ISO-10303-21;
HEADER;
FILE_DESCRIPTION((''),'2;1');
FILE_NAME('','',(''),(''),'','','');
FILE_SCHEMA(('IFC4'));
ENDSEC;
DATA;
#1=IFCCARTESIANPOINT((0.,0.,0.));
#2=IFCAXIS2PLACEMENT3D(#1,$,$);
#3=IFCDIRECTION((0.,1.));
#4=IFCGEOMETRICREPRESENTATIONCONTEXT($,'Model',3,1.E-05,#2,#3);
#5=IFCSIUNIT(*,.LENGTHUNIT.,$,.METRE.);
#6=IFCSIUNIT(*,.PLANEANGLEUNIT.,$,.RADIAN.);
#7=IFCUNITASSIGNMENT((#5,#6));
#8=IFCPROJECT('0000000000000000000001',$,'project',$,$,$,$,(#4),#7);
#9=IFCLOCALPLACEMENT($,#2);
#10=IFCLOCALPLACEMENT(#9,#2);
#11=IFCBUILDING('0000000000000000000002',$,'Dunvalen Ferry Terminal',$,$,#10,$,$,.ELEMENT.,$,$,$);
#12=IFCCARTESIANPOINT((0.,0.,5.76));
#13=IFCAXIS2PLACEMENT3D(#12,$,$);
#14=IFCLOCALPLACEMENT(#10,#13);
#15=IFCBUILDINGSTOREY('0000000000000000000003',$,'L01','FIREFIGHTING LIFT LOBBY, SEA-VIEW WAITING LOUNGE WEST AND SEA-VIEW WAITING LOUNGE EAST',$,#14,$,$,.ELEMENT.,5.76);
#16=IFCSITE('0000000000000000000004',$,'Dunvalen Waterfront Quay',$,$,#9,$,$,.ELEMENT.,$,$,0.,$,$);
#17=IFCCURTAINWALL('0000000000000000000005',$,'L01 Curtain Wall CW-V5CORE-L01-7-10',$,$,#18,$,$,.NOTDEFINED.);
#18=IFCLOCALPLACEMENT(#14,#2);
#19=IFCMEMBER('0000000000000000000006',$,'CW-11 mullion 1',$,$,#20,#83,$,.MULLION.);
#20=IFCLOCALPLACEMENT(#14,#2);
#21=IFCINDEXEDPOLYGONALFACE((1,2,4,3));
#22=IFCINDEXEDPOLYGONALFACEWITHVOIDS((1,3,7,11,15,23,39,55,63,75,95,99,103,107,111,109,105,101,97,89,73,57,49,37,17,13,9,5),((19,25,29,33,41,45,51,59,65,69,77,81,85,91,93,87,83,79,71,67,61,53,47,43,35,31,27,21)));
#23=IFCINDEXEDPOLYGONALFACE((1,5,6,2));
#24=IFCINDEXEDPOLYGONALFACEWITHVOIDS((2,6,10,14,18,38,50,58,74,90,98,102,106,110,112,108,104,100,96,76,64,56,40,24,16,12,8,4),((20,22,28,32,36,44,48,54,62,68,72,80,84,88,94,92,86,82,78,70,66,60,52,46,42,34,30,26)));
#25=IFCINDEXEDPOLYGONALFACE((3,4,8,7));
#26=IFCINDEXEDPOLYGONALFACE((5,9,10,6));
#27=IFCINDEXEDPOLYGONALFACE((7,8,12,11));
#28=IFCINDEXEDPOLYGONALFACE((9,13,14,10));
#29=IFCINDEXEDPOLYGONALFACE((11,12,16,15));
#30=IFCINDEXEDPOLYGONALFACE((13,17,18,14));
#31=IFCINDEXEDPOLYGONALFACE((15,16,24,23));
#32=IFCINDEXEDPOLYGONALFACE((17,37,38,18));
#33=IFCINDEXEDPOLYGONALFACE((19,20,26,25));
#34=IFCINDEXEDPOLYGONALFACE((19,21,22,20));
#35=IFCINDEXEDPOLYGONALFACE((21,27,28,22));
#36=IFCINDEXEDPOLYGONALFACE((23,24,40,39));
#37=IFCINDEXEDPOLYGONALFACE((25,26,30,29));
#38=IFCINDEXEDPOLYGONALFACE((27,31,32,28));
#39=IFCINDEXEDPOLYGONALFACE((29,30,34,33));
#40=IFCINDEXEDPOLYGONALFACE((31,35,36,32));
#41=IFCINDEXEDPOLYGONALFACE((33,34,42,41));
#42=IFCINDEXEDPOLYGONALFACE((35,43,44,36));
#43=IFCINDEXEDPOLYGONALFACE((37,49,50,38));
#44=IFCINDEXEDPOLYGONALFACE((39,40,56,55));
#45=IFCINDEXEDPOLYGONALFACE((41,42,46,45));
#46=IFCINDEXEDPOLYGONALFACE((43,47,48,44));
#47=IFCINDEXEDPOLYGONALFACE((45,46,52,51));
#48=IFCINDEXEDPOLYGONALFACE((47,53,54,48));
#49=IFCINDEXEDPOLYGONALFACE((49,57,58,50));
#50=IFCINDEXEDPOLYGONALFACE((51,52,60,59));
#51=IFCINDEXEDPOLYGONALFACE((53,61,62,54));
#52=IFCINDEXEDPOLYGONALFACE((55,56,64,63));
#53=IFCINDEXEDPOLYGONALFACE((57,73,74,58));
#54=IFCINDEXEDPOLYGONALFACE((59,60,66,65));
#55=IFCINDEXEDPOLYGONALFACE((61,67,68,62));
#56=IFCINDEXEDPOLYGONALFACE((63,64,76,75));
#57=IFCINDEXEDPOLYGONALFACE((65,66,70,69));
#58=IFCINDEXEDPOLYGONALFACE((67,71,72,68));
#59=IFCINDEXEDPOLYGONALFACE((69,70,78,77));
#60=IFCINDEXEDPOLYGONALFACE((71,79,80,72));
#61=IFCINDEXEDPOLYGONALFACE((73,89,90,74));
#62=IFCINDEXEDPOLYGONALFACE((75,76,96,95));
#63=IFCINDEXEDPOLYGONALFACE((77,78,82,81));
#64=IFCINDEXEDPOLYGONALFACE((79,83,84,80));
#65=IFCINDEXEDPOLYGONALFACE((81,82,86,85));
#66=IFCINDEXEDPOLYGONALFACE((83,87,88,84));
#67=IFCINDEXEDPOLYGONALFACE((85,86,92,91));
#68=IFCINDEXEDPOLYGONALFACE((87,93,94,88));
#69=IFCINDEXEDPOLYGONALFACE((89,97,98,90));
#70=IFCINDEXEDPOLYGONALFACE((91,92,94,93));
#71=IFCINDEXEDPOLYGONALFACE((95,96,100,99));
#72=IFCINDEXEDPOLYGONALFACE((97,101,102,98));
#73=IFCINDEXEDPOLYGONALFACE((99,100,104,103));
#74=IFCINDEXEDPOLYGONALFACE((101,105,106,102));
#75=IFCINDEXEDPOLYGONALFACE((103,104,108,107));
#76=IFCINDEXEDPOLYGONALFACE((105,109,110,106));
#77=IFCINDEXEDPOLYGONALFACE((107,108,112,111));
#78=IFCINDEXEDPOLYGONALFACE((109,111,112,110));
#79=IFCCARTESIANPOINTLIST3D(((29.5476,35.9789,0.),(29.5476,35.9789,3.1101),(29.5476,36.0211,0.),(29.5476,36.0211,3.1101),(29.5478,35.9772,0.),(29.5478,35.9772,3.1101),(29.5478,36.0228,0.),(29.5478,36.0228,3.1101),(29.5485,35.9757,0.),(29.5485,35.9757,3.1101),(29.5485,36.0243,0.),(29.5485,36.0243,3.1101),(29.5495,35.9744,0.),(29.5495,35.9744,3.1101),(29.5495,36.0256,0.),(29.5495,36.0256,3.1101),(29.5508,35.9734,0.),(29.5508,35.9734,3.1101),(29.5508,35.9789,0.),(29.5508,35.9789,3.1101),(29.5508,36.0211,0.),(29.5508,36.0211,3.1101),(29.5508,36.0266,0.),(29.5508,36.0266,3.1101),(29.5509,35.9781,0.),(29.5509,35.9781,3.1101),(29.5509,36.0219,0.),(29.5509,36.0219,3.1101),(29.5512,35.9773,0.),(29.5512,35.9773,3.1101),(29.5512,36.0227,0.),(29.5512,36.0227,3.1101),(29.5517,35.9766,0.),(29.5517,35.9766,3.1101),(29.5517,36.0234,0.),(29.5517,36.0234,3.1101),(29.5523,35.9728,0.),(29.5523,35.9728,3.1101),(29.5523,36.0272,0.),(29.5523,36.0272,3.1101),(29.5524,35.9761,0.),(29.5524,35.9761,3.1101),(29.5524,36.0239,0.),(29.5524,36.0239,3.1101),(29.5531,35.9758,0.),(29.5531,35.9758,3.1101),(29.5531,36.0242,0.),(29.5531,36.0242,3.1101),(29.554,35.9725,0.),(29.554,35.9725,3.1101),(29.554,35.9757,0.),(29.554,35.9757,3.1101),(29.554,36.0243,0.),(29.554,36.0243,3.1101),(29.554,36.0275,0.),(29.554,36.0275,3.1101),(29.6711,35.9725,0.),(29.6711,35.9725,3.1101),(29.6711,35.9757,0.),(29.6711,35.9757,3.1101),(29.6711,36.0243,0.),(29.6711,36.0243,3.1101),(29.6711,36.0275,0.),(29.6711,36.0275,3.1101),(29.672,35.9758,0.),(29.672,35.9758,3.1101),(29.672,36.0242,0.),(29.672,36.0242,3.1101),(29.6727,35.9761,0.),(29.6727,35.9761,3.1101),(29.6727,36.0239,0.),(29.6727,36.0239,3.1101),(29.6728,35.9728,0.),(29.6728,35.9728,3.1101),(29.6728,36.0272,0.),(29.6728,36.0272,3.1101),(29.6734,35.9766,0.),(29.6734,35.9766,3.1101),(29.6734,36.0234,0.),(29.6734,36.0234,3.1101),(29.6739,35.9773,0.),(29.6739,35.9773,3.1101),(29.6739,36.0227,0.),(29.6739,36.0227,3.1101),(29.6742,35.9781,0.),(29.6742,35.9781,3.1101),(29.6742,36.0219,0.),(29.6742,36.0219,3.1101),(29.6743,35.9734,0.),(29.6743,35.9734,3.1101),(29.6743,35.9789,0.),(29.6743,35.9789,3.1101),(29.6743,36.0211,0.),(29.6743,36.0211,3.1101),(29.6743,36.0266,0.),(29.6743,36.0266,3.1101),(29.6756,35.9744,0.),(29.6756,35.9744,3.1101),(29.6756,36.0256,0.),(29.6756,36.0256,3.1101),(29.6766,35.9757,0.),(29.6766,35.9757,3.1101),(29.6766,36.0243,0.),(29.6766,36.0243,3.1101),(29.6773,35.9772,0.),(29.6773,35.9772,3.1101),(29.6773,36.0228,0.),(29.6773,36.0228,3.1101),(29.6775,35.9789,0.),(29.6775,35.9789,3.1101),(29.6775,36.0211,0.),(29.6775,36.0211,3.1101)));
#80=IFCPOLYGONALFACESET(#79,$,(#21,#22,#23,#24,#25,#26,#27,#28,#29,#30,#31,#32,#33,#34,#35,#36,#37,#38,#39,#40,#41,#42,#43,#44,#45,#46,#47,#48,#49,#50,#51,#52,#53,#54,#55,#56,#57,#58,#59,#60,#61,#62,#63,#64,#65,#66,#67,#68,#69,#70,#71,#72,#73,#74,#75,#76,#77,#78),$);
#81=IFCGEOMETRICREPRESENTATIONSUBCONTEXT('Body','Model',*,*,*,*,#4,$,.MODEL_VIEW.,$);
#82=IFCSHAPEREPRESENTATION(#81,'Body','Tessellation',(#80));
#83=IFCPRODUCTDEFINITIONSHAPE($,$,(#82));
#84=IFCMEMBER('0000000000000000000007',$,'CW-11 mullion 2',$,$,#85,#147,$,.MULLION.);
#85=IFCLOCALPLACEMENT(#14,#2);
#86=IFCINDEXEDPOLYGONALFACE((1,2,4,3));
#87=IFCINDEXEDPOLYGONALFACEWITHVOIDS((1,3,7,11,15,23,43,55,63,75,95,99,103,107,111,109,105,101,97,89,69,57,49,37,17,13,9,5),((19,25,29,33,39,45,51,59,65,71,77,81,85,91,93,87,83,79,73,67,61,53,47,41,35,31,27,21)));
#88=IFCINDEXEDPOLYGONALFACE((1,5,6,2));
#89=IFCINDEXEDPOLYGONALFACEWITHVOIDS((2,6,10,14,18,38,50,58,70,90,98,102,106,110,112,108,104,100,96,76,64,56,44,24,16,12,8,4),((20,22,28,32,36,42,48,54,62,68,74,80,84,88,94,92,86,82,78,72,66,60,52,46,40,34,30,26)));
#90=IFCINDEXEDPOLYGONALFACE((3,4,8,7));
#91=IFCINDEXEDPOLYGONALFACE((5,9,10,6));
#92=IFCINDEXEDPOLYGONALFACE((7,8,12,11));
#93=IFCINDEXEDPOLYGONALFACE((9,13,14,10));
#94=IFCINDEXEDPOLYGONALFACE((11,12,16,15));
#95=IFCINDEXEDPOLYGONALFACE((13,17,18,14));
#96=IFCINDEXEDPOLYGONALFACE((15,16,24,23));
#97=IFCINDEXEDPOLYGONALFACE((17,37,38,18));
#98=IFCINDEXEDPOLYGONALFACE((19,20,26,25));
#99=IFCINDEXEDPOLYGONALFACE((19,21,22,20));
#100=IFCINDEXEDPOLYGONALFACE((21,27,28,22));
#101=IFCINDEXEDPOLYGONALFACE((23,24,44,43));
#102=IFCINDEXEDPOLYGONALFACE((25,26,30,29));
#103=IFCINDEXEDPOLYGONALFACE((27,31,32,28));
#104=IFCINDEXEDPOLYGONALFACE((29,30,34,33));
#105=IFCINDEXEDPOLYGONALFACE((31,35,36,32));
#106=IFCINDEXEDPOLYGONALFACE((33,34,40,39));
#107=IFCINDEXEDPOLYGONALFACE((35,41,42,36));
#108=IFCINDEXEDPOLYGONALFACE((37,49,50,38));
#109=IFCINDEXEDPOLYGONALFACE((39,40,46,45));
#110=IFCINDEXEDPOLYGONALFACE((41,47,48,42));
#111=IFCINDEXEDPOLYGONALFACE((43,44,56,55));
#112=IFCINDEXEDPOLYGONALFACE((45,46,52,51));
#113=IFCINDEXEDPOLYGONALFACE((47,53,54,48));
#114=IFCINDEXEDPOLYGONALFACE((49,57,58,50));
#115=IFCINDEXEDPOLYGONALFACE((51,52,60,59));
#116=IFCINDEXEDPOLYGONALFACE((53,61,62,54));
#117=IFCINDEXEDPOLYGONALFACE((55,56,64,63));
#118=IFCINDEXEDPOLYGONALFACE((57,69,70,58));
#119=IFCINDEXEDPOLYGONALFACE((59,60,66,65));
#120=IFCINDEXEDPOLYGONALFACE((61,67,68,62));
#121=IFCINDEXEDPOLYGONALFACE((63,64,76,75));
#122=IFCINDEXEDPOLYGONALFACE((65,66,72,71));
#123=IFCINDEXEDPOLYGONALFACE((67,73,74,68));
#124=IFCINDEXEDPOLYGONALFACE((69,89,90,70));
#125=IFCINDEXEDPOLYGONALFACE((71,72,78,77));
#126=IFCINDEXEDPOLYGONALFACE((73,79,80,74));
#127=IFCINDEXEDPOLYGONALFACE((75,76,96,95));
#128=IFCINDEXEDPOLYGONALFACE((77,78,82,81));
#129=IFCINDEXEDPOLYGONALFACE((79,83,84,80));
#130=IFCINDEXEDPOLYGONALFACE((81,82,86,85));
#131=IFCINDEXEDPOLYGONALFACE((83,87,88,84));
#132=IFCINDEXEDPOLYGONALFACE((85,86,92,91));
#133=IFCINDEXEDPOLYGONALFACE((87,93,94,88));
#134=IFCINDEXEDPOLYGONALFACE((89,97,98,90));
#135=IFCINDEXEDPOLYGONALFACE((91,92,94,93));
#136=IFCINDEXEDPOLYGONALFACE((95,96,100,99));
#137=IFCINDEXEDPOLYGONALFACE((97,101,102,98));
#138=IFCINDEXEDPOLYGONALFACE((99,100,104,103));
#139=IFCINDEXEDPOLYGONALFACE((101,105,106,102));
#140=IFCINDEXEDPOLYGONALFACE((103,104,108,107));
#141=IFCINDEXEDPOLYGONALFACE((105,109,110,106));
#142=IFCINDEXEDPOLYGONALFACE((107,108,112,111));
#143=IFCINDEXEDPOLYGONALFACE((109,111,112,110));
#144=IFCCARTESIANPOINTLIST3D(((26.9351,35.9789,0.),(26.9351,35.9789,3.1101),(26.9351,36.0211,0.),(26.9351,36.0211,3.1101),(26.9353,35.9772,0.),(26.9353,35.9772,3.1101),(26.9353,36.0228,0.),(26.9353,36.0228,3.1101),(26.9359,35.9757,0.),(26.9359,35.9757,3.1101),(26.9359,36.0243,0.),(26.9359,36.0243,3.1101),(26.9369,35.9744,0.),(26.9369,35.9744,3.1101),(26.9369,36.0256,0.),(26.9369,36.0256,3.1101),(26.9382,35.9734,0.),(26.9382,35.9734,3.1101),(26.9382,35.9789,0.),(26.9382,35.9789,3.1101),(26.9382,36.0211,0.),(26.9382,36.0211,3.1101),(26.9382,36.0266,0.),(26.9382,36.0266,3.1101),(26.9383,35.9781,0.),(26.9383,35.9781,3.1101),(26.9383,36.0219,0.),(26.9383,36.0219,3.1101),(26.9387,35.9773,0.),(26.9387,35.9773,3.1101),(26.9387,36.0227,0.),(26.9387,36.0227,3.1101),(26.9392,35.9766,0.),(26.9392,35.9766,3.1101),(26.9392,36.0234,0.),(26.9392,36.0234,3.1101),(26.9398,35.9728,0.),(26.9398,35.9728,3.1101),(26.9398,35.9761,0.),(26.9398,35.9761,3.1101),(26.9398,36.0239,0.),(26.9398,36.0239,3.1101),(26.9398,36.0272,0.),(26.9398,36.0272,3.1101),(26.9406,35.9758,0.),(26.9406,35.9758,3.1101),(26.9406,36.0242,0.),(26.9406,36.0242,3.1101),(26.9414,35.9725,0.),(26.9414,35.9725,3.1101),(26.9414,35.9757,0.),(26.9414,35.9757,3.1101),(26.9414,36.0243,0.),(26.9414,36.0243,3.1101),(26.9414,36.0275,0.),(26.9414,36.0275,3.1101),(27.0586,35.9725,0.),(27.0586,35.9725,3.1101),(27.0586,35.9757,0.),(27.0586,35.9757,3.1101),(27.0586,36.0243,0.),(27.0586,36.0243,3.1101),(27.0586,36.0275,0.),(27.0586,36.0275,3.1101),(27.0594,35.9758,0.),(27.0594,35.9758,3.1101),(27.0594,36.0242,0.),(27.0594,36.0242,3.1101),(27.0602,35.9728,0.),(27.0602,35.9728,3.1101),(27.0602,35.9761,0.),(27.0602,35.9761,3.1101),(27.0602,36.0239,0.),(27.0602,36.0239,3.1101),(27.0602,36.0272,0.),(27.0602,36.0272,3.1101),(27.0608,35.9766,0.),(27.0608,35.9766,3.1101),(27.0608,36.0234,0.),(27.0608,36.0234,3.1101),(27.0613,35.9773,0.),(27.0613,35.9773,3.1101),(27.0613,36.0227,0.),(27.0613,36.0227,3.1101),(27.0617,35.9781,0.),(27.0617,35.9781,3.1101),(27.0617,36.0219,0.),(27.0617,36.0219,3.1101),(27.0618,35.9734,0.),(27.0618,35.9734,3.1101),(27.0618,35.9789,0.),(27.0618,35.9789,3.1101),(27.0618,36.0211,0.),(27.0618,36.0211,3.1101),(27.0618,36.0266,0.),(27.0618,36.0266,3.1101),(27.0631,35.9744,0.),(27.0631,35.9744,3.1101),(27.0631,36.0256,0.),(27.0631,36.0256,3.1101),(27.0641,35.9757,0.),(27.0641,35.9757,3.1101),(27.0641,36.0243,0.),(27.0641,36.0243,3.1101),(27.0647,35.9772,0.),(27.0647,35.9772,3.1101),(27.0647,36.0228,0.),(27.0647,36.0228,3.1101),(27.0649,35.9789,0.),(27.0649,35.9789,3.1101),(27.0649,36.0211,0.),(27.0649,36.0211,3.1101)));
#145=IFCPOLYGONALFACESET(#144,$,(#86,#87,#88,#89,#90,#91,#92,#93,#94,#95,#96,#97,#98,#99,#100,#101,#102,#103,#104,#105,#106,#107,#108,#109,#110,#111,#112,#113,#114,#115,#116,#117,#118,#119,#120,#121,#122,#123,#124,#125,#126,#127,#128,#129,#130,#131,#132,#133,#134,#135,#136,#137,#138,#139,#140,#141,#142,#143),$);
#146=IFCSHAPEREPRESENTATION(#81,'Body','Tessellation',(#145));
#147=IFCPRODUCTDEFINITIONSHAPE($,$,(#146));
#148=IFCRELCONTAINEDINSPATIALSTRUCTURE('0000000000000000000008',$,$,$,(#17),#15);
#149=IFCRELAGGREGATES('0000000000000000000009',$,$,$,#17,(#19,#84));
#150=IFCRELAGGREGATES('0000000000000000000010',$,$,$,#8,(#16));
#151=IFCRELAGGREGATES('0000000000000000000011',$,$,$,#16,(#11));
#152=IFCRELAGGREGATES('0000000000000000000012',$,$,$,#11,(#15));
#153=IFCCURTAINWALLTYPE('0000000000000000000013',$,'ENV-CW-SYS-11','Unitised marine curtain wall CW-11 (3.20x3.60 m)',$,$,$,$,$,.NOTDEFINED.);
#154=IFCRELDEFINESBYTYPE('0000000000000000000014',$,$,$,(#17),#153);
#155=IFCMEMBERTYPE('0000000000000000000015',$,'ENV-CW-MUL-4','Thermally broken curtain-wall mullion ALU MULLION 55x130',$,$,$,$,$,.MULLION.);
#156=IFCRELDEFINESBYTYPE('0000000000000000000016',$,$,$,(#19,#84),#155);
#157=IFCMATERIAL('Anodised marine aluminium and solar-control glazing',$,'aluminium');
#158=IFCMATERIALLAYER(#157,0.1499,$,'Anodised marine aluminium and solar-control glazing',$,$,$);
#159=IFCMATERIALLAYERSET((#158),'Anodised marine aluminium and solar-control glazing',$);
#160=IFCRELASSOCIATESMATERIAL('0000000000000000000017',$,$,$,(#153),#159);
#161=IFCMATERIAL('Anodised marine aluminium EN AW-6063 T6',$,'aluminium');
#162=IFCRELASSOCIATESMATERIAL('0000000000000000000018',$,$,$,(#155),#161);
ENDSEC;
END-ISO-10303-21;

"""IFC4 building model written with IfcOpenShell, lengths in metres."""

from ifc_helpers import new_model, si_unit, direction, frame, origin, origin_2d, place, context, subcontext, project, spatial, hollow_rectangle, extrude, material, layer, layer_set, material_profile, profile_set, type_object, element, aggregate, save


model = new_model("IFC4")

# Units and contexts
model_context = context("Model", 3, precision=1e-05, world=origin(), true_north=direction((0.0, 1.0)))
body_context = subcontext(model_context, "Body", "Model", "MODEL_VIEW")
ifc_project = project(units=[si_unit("LENGTHUNIT", "METRE"), si_unit("PLANEANGLEUNIT", "RADIAN")], contexts=[model_context])

# Site, building, storey
site_placement = place(None, origin())
site = spatial("IfcSite", under=ifc_project, at=site_placement, Name="Dunvalen Waterfront Quay", CompositionType="ELEMENT", RefElevation=0.0)
building_placement = place(site_placement, origin())
building = spatial("IfcBuilding", under=site, at=building_placement, Name="Dunvalen Ferry Terminal", CompositionType="ELEMENT")
storey_placement = place(building_placement, frame((0.0, 0.0, 5.76)))
storey = spatial("IfcBuildingStorey", under=building, at=storey_placement, Name="L01", Description="FIREFIGHTING LIFT LOBBY, SEA-VIEW WAITING LOUNGE WEST AND SEA-VIEW WAITING LOUNGE EAST", CompositionType="ELEMENT", Elevation=5.76)

# Curtain wall, members
ifc_material_1 = material(Name="Anodised marine aluminium and solar-control glazing", Category="aluminium")
ifc_layer_1 = layer(ifc_material_1, 0.1499, Name="Anodised marine aluminium and solar-control glazing")
ifc_layer_set_1 = layer_set([ifc_layer_1], Name="Anodised marine aluminium and solar-control glazing")
curtain_wall_type = type_object("IfcCurtainWallType", Name="ENV-CW-SYS-11", Description="Unitised marine curtain wall CW-11 (3.20x3.60 m)", PredefinedType="NOTDEFINED", material=ifc_layer_set_1)
curtain_wall_placement = place(storey_placement, origin())
curtain_wall = element("IfcCurtainWall", 1, at=curtain_wall_placement, inside=storey, type_object=curtain_wall_type, Name="L01 Curtain Wall CW-V5CORE-L01-7-10", PredefinedType="NOTDEFINED")
ifc_material_2 = material(Name="Anodised marine aluminium EN AW-6063 T6", Category="aluminium")
ifc_material_profile_1 = material_profile(ifc_material_2, hollow_rectangle(XDim=0.0549, YDim=0.1299, WallThickness=0.0032, InnerFilletRadius=0.0032, OuterFilletRadius=0.0063, at=origin_2d()), Name="Anodised marine aluminium EN AW-6063 T6")
ifc_profile_set_1 = profile_set([ifc_material_profile_1], Name="Anodised marine aluminium EN AW-6063 T6")
member_type_1 = type_object("IfcMemberType", Name="ENV-CW-MUL-4", Description="Thermally broken curtain-wall mullion ALU MULLION 55x130", PredefinedType="MULLION", material=ifc_profile_set_1)
member_1_placement = place(storey_placement, frame((29.6125, 36.0, 0.0), z_axis=(0.0, 0.0, 1.0), x_axis=(0.0, -1.0, 0.0)))
member_1 = element("IfcMember", 2, at=member_1_placement, type_object=member_type_1, Name="CW-11 mullion 1", PredefinedType="MULLION", context=body_context, shape_type="SweptSolid", body=[
    extrude(hollow_rectangle(XDim=0.0549, YDim=0.1299, WallThickness=0.0032, InnerFilletRadius=0.0032, OuterFilletRadius=0.0063, at=origin_2d()), origin(), (0.0, 0.0, 1.0), 3.1101),
])
member_2_placement = place(storey_placement, frame((27.0, 36.0, 0.0), z_axis=(0.0, 0.0, 1.0), x_axis=(0.0, -1.0, 0.0)))
member_2 = element("IfcMember", 3, at=member_2_placement, type_object=member_type_1, Name="CW-11 mullion 2", PredefinedType="MULLION", context=body_context, shape_type="SweptSolid", body=[
    extrude(hollow_rectangle(XDim=0.0549, YDim=0.1299, WallThickness=0.0032, InnerFilletRadius=0.0032, OuterFilletRadius=0.0063, at=origin_2d()), origin(), (0.0, 0.0, 1.0), 3.1101),
])

aggregate(curtain_wall, [member_1, member_2])

save(model, "model.ifc")
